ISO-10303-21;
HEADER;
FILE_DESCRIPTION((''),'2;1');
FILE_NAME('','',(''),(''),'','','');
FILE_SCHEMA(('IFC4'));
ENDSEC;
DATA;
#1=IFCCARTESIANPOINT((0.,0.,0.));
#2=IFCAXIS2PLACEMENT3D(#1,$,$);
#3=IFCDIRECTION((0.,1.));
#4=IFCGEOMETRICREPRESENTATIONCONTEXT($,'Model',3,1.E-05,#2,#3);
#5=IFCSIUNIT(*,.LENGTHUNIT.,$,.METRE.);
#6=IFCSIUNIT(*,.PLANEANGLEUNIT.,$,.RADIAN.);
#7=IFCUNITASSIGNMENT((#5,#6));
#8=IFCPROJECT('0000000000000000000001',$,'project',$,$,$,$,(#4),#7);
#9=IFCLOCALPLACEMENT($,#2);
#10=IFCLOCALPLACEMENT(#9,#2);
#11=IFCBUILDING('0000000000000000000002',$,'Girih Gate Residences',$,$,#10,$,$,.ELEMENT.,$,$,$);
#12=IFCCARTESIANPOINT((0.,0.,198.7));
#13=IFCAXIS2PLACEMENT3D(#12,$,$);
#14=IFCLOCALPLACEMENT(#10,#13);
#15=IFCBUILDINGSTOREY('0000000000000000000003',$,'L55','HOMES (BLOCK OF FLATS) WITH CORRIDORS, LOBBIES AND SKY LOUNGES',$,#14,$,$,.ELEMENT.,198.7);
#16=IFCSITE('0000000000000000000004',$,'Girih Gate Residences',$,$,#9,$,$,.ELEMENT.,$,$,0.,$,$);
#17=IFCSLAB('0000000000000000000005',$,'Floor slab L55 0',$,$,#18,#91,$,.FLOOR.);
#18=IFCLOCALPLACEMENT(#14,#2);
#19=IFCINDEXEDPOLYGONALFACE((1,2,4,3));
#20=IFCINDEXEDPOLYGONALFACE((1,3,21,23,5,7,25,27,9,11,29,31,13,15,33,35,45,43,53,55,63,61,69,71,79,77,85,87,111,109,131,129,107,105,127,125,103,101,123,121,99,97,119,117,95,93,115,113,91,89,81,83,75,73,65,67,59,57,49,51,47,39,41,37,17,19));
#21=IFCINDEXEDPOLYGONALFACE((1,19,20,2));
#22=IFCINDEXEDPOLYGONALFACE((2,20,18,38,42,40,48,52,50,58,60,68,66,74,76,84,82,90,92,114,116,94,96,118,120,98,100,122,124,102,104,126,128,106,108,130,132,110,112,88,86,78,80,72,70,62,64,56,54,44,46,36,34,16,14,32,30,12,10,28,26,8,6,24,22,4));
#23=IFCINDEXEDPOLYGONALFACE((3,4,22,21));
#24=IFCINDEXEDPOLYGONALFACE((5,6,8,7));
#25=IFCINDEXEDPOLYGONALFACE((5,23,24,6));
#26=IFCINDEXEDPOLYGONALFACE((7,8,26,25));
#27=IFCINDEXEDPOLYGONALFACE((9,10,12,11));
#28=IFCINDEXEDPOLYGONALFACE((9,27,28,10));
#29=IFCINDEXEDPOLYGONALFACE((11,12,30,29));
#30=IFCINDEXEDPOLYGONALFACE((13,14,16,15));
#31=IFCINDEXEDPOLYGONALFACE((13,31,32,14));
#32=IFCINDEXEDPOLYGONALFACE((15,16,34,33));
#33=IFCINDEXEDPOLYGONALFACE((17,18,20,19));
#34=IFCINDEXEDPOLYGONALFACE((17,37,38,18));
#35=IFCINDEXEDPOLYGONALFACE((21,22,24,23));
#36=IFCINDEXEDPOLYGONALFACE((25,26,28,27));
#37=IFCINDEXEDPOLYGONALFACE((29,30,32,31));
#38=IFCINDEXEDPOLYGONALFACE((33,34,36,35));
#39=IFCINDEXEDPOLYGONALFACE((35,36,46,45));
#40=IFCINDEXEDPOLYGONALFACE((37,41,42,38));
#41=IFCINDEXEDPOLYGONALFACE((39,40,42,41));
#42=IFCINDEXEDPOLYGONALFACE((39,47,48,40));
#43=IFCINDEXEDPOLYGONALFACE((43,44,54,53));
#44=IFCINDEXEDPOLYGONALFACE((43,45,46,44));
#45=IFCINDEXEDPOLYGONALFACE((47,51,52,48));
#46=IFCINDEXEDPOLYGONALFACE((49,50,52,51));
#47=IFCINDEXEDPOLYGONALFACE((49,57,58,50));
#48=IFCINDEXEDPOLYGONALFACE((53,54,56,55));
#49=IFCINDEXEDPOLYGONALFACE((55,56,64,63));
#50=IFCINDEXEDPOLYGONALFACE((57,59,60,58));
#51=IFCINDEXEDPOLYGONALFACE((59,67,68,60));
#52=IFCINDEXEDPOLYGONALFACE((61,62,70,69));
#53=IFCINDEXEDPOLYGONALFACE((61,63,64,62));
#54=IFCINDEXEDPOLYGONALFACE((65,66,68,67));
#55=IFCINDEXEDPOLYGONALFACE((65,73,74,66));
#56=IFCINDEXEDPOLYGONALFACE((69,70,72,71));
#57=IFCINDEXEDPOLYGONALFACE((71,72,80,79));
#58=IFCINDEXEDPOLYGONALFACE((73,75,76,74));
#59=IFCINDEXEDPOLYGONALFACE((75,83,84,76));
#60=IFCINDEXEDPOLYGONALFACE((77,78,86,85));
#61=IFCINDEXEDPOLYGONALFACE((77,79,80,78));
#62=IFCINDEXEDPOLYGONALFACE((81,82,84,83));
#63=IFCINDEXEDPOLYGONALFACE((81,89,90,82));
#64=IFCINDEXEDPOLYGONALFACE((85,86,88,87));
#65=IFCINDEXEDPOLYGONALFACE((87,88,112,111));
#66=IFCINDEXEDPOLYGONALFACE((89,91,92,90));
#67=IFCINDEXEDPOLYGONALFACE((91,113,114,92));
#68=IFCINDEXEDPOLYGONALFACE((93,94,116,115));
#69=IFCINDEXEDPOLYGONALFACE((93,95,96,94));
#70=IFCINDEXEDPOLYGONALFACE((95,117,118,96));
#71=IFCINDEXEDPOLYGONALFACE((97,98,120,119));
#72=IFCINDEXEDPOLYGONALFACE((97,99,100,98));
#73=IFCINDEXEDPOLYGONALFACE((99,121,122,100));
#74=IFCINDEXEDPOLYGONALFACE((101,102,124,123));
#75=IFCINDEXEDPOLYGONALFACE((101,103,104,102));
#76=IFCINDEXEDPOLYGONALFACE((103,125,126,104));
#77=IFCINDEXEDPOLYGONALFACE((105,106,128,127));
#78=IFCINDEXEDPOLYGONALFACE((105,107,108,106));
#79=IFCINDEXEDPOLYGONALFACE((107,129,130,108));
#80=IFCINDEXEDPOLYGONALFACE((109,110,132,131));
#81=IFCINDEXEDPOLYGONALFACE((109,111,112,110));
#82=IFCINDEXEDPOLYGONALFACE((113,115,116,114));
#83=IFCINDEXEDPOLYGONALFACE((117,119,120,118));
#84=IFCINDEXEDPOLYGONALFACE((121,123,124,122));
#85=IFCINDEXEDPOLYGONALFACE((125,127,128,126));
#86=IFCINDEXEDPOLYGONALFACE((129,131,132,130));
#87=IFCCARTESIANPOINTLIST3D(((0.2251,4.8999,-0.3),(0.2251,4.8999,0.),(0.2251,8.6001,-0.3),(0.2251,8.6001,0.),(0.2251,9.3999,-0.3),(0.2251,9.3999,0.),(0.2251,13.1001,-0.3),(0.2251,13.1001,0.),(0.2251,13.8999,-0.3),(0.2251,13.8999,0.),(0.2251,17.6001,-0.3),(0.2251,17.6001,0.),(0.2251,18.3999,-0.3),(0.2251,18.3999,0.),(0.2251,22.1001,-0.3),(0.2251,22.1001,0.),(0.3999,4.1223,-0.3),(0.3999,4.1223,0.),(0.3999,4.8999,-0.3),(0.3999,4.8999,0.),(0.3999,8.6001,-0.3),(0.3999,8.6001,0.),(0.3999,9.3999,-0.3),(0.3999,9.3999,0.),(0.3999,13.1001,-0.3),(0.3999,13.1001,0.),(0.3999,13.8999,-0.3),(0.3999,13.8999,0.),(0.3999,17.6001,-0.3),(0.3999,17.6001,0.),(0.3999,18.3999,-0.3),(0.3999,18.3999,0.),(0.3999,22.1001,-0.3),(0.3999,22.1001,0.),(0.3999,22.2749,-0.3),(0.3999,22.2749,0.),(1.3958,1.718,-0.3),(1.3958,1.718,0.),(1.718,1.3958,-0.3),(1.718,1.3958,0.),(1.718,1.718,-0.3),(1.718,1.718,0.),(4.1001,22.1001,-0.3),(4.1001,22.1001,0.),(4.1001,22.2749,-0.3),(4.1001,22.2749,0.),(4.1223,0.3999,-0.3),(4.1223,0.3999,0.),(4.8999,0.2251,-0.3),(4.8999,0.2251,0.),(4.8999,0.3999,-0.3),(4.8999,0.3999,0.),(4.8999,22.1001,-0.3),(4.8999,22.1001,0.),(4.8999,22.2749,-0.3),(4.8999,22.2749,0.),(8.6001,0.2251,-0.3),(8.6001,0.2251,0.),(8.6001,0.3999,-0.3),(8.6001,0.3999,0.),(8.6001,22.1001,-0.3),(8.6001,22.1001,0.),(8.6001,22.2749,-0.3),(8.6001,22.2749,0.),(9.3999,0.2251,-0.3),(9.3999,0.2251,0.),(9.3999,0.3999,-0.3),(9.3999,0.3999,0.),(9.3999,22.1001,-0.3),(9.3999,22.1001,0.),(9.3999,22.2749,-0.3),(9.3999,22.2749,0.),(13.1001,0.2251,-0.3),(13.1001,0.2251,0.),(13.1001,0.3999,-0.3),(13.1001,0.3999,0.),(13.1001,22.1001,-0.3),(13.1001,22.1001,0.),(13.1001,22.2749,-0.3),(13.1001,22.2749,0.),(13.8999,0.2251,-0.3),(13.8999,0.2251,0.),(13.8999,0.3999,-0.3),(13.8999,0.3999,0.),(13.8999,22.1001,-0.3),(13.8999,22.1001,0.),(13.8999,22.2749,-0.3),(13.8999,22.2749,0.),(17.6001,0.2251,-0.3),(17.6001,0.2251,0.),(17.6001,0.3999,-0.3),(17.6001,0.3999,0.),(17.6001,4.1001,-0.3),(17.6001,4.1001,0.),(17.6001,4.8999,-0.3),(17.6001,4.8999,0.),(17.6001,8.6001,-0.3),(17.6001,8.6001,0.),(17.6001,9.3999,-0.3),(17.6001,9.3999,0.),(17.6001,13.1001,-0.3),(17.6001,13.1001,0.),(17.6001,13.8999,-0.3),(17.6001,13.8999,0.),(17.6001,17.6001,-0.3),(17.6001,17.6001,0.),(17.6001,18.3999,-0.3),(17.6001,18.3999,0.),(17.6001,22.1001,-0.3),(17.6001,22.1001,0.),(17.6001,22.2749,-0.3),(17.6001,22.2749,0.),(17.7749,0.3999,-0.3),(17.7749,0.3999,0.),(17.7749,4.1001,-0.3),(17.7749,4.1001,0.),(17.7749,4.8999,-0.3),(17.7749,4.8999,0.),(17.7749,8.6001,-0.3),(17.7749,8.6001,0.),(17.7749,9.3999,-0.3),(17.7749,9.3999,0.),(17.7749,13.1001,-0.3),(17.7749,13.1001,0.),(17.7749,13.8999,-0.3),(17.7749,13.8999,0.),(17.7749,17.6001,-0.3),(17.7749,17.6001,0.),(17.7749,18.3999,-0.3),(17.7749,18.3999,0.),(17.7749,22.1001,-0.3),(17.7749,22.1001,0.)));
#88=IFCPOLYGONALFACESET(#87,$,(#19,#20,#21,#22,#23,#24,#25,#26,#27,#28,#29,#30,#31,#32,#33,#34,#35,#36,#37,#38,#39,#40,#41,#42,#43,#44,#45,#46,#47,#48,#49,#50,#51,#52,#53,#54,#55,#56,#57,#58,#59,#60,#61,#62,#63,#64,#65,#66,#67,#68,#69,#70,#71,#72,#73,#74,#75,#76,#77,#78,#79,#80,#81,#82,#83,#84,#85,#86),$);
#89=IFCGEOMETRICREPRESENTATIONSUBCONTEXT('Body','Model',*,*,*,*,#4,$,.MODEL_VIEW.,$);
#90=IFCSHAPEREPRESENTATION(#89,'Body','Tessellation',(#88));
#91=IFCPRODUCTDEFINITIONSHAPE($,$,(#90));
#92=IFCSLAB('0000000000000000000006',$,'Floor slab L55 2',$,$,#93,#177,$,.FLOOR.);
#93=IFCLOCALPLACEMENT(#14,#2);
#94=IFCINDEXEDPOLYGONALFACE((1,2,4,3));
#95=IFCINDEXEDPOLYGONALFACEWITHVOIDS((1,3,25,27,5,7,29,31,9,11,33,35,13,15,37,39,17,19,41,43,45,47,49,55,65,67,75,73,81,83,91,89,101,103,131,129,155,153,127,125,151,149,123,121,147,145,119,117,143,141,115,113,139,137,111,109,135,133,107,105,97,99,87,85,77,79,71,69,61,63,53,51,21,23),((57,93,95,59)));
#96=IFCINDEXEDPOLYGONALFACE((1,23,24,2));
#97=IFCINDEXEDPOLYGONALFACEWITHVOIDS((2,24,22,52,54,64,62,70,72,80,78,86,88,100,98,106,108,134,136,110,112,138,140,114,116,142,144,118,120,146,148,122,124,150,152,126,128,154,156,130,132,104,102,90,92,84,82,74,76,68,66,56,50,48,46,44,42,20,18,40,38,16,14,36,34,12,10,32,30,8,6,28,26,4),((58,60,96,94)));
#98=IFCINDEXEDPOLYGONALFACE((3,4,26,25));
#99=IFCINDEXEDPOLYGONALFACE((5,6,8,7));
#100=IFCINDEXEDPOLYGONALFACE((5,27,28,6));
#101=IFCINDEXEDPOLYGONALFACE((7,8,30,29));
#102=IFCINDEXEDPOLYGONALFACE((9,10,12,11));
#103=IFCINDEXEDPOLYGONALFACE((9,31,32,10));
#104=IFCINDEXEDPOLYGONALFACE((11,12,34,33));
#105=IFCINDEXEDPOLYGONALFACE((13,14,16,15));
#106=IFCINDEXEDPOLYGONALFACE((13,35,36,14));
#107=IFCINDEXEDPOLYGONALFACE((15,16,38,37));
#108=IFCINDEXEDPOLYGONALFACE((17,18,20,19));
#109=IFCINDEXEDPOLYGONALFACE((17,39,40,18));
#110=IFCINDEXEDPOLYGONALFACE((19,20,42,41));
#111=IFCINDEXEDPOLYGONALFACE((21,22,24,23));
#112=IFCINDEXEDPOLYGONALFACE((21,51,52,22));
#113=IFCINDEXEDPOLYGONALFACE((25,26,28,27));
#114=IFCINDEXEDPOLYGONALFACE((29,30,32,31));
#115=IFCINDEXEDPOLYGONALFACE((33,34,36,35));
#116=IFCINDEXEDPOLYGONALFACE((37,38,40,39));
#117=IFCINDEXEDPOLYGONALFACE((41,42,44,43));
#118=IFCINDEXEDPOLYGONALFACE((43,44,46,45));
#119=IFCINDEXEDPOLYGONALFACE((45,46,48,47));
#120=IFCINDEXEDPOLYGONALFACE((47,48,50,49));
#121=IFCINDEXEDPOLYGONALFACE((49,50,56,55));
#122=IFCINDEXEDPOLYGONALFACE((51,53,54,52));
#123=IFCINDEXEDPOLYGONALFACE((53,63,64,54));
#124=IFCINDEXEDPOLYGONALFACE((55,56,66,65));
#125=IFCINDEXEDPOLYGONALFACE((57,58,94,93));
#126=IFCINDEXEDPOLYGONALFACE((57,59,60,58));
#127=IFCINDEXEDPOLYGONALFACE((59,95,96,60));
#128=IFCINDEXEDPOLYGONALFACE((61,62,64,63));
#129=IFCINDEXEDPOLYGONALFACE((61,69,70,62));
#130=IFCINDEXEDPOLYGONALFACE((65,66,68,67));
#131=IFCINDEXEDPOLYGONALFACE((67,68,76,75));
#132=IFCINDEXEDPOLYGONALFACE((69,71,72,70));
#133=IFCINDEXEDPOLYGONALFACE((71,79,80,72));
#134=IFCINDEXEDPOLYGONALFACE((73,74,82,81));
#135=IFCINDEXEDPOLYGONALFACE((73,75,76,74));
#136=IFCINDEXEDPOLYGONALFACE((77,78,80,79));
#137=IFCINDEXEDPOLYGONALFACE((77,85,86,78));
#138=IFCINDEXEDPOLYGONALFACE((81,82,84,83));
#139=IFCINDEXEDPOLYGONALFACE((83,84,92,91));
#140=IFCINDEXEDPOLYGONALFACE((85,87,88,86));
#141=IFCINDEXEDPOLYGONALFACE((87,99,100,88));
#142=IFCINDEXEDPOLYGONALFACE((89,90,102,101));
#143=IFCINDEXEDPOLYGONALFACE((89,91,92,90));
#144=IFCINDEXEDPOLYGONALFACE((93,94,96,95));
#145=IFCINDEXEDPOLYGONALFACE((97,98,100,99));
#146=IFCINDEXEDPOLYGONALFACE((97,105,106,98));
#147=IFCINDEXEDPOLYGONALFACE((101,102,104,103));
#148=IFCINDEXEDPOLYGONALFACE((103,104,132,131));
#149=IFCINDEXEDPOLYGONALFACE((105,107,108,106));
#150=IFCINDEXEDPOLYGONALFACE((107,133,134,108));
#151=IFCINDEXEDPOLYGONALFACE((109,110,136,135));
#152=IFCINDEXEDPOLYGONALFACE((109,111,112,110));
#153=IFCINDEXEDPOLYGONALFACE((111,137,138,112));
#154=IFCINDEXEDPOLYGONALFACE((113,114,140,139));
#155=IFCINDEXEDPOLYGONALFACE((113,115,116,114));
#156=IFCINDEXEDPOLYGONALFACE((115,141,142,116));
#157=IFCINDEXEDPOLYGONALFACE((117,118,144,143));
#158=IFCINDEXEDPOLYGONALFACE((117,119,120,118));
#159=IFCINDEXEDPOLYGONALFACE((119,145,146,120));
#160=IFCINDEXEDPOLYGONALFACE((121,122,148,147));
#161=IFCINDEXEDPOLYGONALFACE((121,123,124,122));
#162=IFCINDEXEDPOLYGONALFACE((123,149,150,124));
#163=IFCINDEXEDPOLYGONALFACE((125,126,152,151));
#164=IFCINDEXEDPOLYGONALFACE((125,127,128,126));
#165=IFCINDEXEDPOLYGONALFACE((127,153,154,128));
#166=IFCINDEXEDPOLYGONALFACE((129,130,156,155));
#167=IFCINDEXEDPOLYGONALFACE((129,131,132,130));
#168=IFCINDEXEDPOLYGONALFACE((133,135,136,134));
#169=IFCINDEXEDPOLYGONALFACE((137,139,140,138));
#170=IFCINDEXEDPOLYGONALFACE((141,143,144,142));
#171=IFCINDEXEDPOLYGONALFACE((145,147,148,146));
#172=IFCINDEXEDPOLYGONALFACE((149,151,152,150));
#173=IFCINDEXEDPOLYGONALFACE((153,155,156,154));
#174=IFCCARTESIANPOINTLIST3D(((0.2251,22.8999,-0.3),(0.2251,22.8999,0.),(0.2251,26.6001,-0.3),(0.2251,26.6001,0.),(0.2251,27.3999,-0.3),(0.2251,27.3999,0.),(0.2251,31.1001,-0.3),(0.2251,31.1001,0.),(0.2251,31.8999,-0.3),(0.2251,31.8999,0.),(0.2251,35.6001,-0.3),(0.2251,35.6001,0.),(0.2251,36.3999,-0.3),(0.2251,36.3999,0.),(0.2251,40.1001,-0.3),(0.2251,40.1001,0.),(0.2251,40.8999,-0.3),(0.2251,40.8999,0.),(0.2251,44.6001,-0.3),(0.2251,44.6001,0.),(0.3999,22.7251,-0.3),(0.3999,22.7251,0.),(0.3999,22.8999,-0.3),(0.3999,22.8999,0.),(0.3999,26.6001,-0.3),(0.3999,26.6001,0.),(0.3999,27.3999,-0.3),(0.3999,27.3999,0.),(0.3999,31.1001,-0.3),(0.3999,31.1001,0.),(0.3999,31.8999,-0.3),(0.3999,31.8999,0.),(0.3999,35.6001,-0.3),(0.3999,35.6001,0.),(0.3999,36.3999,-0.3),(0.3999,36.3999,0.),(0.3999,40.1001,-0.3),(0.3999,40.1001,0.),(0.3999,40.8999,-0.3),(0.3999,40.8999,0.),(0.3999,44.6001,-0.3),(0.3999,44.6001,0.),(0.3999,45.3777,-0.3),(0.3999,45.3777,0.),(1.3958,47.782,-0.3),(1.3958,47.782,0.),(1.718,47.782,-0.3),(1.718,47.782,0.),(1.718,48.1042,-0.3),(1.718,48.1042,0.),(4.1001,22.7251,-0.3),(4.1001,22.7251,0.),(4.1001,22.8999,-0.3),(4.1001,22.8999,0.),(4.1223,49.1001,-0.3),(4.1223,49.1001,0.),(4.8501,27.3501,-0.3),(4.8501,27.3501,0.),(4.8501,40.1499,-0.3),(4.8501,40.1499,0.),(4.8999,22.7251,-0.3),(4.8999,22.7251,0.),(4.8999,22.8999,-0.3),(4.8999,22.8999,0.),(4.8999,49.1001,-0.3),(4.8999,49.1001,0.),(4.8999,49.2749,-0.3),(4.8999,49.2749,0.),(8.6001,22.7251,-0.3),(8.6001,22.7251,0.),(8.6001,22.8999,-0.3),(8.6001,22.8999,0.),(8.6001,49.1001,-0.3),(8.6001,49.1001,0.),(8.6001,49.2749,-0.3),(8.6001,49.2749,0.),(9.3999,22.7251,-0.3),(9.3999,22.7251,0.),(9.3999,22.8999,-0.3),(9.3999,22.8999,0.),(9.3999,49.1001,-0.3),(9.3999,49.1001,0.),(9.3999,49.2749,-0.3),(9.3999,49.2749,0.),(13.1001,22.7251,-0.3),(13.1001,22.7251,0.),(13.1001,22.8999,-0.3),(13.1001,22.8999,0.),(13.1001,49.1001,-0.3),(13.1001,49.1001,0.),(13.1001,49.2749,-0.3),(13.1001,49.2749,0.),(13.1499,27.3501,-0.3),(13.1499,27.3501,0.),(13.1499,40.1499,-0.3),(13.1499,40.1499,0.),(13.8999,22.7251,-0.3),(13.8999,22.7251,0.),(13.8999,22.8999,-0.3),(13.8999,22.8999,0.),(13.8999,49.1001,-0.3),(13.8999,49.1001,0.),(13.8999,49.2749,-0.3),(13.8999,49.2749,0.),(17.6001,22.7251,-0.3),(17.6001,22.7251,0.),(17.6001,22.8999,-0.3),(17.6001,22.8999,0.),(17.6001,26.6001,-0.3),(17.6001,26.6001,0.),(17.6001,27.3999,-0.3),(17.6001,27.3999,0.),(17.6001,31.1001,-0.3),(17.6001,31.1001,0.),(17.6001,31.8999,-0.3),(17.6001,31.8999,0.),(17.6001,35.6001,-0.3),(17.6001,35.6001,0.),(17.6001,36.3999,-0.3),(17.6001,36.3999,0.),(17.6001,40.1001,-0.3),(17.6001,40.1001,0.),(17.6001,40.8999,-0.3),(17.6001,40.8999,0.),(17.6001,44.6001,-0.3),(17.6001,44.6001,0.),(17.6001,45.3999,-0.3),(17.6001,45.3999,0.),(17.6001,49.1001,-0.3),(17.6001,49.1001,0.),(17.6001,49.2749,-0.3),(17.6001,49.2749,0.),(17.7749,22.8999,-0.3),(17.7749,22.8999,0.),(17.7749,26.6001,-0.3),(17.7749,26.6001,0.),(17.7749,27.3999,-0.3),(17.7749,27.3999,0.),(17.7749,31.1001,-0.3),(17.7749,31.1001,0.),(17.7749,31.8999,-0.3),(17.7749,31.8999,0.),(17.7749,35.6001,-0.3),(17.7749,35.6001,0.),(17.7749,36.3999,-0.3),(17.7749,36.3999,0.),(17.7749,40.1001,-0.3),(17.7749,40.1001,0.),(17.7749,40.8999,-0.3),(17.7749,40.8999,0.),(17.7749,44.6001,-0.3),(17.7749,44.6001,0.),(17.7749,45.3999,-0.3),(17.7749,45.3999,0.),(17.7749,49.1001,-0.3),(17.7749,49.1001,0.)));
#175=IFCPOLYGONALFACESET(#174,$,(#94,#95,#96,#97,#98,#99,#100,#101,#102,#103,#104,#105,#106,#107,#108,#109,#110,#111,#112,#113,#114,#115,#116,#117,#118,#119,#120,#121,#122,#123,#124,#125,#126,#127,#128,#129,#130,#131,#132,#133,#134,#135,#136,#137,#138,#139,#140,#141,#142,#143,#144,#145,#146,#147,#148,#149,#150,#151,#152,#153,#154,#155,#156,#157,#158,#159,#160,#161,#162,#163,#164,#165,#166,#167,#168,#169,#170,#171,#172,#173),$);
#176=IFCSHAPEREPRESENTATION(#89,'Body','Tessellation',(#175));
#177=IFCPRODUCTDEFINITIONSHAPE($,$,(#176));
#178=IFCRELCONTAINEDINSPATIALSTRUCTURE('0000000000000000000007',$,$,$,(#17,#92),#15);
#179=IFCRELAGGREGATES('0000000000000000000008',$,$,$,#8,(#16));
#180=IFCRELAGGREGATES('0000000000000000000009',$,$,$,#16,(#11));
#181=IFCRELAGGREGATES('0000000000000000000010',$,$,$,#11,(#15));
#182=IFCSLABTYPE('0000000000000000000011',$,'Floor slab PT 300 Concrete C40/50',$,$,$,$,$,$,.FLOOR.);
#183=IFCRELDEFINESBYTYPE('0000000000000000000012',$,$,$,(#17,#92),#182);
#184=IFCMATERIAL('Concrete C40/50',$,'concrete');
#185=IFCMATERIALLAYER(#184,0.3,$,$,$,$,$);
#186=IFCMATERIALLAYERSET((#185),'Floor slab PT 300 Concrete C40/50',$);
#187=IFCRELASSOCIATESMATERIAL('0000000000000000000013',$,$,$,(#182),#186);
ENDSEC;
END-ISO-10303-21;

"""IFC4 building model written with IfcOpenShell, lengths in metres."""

from ifc_helpers import new_model, si_unit, direction, frame, origin, place, context, subcontext, project, spatial, polyline, outline, extrude, material, layer, layer_set, type_object, element, save


model = new_model("IFC4")

# Units and contexts
model_context = context("Model", 3, precision=1e-05, world=origin(), true_north=direction((0.0, 1.0)))
body_context = subcontext(model_context, "Body", "Model", "MODEL_VIEW")
ifc_project = project(units=[si_unit("LENGTHUNIT", "METRE"), si_unit("PLANEANGLEUNIT", "RADIAN")], contexts=[model_context])

# Site, building, storey
site_placement = place(None, origin())
site = spatial("IfcSite", under=ifc_project, at=site_placement, Name="Girih Gate Residences", CompositionType="ELEMENT", RefElevation=0.0)
building_placement = place(site_placement, origin())
building = spatial("IfcBuilding", under=site, at=building_placement, Name="Girih Gate Residences", CompositionType="ELEMENT")
storey_placement = place(building_placement, frame((0.0, 0.0, 198.7)))
storey = spatial("IfcBuildingStorey", under=building, at=storey_placement, Name="L55", Description="HOMES (BLOCK OF FLATS) WITH CORRIDORS, LOBBIES AND SKY LOUNGES", CompositionType="ELEMENT", Elevation=198.7)

# Slabs
ifc_material_1 = material(Name="Concrete C40/50", Category="concrete")
ifc_layer_1 = layer(ifc_material_1, 0.3)
ifc_layer_set_1 = layer_set([ifc_layer_1], Name="Floor slab PT 300 Concrete C40/50")
slab_type_1 = type_object("IfcSlabType", Name="Floor slab PT 300 Concrete C40/50", PredefinedType="FLOOR", material=ifc_layer_set_1)
slab_1_placement = place(storey_placement, frame((0.0, 0.0, -0.3)))
element("IfcSlab", 1, at=slab_1_placement, inside=storey, type_object=slab_type_1, Name="Floor slab L55 0", PredefinedType="FLOOR", context=body_context, shape_type="SweptSolid", body=[
    extrude(outline(polyline([(13.8999, 0.2251), (17.6001, 0.2251), (17.6001, 0.3999), (17.7749, 0.3999), (17.7749, 4.1001), (17.6001, 4.1001), (17.6001, 4.8999), (17.7749, 4.8999), (17.7749, 8.6001), (17.6001, 8.6001), (17.6001, 9.3999), (17.7749, 9.3999), (17.7749, 13.1001), (17.6001, 13.1001), (17.6001, 13.8999), (17.7749, 13.8999), (17.7749, 17.6001), (17.6001, 17.6001), (17.6001, 18.3999), (17.7749, 18.3999), (17.7749, 22.1001), (17.6001, 22.1001), (17.6001, 22.2749), (13.8999, 22.2749), (13.8999, 22.1001), (13.1001, 22.1001), (13.1001, 22.2749), (9.3999, 22.2749), (9.3999, 22.1001), (8.6001, 22.1001), (8.6001, 22.2749), (4.8999, 22.2749), (4.8999, 22.1001), (4.1001, 22.1001), (4.1001, 22.2749), (0.3999, 22.2749), (0.3999, 22.1001), (0.2251, 22.1001), (0.2251, 18.3999), (0.3999, 18.3999), (0.3999, 17.6001), (0.2251, 17.6001), (0.2251, 13.8999), (0.3999, 13.8999), (0.3999, 13.1001), (0.2251, 13.1001), (0.2251, 9.3999), (0.3999, 9.3999), (0.3999, 8.6001), (0.2251, 8.6001), (0.2251, 4.8999), (0.3999, 4.8999), (0.3999, 4.1223), (1.3958, 1.718), (1.718, 1.718), (1.718, 1.3958), (4.1223, 0.3999), (4.8999, 0.3999), (4.8999, 0.2251), (8.6001, 0.2251), (8.6001, 0.3999), (9.3999, 0.3999), (9.3999, 0.2251), (13.1001, 0.2251), (13.1001, 0.3999), (13.8999, 0.3999), (13.8999, 0.2251)])), origin(), (0.0, 0.0, 1.0), 0.3),
])
slab_2_placement = place(storey_placement, frame((0.0, 0.0, -0.3)))
element("IfcSlab", 2, at=slab_2_placement, inside=storey, type_object=slab_type_1, Name="Floor slab L55 2", PredefinedType="FLOOR", context=body_context, shape_type="SweptSolid", body=[
    extrude(outline(polyline([(0.2251, 26.6001), (0.2251, 22.8999), (0.3999, 22.8999), (0.3999, 22.7251), (4.1001, 22.7251), (4.1001, 22.8999), (4.8999, 22.8999), (4.8999, 22.7251), (8.6001, 22.7251), (8.6001, 22.8999), (9.3999, 22.8999), (9.3999, 22.7251), (13.1001, 22.7251), (13.1001, 22.8999), (13.8999, 22.8999), (13.8999, 22.7251), (17.6001, 22.7251), (17.6001, 22.8999), (17.7749, 22.8999), (17.7749, 26.6001), (17.6001, 26.6001), (17.6001, 27.3999), (17.7749, 27.3999), (17.7749, 31.1001), (17.6001, 31.1001), (17.6001, 31.8999), (17.7749, 31.8999), (17.7749, 35.6001), (17.6001, 35.6001), (17.6001, 36.3999), (17.7749, 36.3999), (17.7749, 40.1001), (17.6001, 40.1001), (17.6001, 40.8999), (17.7749, 40.8999), (17.7749, 44.6001), (17.6001, 44.6001), (17.6001, 45.3999), (17.7749, 45.3999), (17.7749, 49.1001), (17.6001, 49.1001), (17.6001, 49.2749), (13.8999, 49.2749), (13.8999, 49.1001), (13.1001, 49.1001), (13.1001, 49.2749), (9.3999, 49.2749), (9.3999, 49.1001), (8.6001, 49.1001), (8.6001, 49.2749), (4.8999, 49.2749), (4.8999, 49.1001), (4.1223, 49.1001), (1.718, 48.1042), (1.718, 47.782), (1.3958, 47.782), (0.3999, 45.3777), (0.3999, 44.6001), (0.2251, 44.6001), (0.2251, 40.8999), (0.3999, 40.8999), (0.3999, 40.1001), (0.2251, 40.1001), (0.2251, 36.3999), (0.3999, 36.3999), (0.3999, 35.6001), (0.2251, 35.6001), (0.2251, 31.8999), (0.3999, 31.8999), (0.3999, 31.1001), (0.2251, 31.1001), (0.2251, 27.3999), (0.3999, 27.3999), (0.3999, 26.6001), (0.2251, 26.6001)]), holes=[polyline([(13.1499, 40.1499), (13.1499, 27.3501), (4.8501, 27.3501), (4.8501, 40.1499), (13.1499, 40.1499)])]), origin(), (0.0, 0.0, 1.0), 0.3),
])

save(model, "model.ifc")
